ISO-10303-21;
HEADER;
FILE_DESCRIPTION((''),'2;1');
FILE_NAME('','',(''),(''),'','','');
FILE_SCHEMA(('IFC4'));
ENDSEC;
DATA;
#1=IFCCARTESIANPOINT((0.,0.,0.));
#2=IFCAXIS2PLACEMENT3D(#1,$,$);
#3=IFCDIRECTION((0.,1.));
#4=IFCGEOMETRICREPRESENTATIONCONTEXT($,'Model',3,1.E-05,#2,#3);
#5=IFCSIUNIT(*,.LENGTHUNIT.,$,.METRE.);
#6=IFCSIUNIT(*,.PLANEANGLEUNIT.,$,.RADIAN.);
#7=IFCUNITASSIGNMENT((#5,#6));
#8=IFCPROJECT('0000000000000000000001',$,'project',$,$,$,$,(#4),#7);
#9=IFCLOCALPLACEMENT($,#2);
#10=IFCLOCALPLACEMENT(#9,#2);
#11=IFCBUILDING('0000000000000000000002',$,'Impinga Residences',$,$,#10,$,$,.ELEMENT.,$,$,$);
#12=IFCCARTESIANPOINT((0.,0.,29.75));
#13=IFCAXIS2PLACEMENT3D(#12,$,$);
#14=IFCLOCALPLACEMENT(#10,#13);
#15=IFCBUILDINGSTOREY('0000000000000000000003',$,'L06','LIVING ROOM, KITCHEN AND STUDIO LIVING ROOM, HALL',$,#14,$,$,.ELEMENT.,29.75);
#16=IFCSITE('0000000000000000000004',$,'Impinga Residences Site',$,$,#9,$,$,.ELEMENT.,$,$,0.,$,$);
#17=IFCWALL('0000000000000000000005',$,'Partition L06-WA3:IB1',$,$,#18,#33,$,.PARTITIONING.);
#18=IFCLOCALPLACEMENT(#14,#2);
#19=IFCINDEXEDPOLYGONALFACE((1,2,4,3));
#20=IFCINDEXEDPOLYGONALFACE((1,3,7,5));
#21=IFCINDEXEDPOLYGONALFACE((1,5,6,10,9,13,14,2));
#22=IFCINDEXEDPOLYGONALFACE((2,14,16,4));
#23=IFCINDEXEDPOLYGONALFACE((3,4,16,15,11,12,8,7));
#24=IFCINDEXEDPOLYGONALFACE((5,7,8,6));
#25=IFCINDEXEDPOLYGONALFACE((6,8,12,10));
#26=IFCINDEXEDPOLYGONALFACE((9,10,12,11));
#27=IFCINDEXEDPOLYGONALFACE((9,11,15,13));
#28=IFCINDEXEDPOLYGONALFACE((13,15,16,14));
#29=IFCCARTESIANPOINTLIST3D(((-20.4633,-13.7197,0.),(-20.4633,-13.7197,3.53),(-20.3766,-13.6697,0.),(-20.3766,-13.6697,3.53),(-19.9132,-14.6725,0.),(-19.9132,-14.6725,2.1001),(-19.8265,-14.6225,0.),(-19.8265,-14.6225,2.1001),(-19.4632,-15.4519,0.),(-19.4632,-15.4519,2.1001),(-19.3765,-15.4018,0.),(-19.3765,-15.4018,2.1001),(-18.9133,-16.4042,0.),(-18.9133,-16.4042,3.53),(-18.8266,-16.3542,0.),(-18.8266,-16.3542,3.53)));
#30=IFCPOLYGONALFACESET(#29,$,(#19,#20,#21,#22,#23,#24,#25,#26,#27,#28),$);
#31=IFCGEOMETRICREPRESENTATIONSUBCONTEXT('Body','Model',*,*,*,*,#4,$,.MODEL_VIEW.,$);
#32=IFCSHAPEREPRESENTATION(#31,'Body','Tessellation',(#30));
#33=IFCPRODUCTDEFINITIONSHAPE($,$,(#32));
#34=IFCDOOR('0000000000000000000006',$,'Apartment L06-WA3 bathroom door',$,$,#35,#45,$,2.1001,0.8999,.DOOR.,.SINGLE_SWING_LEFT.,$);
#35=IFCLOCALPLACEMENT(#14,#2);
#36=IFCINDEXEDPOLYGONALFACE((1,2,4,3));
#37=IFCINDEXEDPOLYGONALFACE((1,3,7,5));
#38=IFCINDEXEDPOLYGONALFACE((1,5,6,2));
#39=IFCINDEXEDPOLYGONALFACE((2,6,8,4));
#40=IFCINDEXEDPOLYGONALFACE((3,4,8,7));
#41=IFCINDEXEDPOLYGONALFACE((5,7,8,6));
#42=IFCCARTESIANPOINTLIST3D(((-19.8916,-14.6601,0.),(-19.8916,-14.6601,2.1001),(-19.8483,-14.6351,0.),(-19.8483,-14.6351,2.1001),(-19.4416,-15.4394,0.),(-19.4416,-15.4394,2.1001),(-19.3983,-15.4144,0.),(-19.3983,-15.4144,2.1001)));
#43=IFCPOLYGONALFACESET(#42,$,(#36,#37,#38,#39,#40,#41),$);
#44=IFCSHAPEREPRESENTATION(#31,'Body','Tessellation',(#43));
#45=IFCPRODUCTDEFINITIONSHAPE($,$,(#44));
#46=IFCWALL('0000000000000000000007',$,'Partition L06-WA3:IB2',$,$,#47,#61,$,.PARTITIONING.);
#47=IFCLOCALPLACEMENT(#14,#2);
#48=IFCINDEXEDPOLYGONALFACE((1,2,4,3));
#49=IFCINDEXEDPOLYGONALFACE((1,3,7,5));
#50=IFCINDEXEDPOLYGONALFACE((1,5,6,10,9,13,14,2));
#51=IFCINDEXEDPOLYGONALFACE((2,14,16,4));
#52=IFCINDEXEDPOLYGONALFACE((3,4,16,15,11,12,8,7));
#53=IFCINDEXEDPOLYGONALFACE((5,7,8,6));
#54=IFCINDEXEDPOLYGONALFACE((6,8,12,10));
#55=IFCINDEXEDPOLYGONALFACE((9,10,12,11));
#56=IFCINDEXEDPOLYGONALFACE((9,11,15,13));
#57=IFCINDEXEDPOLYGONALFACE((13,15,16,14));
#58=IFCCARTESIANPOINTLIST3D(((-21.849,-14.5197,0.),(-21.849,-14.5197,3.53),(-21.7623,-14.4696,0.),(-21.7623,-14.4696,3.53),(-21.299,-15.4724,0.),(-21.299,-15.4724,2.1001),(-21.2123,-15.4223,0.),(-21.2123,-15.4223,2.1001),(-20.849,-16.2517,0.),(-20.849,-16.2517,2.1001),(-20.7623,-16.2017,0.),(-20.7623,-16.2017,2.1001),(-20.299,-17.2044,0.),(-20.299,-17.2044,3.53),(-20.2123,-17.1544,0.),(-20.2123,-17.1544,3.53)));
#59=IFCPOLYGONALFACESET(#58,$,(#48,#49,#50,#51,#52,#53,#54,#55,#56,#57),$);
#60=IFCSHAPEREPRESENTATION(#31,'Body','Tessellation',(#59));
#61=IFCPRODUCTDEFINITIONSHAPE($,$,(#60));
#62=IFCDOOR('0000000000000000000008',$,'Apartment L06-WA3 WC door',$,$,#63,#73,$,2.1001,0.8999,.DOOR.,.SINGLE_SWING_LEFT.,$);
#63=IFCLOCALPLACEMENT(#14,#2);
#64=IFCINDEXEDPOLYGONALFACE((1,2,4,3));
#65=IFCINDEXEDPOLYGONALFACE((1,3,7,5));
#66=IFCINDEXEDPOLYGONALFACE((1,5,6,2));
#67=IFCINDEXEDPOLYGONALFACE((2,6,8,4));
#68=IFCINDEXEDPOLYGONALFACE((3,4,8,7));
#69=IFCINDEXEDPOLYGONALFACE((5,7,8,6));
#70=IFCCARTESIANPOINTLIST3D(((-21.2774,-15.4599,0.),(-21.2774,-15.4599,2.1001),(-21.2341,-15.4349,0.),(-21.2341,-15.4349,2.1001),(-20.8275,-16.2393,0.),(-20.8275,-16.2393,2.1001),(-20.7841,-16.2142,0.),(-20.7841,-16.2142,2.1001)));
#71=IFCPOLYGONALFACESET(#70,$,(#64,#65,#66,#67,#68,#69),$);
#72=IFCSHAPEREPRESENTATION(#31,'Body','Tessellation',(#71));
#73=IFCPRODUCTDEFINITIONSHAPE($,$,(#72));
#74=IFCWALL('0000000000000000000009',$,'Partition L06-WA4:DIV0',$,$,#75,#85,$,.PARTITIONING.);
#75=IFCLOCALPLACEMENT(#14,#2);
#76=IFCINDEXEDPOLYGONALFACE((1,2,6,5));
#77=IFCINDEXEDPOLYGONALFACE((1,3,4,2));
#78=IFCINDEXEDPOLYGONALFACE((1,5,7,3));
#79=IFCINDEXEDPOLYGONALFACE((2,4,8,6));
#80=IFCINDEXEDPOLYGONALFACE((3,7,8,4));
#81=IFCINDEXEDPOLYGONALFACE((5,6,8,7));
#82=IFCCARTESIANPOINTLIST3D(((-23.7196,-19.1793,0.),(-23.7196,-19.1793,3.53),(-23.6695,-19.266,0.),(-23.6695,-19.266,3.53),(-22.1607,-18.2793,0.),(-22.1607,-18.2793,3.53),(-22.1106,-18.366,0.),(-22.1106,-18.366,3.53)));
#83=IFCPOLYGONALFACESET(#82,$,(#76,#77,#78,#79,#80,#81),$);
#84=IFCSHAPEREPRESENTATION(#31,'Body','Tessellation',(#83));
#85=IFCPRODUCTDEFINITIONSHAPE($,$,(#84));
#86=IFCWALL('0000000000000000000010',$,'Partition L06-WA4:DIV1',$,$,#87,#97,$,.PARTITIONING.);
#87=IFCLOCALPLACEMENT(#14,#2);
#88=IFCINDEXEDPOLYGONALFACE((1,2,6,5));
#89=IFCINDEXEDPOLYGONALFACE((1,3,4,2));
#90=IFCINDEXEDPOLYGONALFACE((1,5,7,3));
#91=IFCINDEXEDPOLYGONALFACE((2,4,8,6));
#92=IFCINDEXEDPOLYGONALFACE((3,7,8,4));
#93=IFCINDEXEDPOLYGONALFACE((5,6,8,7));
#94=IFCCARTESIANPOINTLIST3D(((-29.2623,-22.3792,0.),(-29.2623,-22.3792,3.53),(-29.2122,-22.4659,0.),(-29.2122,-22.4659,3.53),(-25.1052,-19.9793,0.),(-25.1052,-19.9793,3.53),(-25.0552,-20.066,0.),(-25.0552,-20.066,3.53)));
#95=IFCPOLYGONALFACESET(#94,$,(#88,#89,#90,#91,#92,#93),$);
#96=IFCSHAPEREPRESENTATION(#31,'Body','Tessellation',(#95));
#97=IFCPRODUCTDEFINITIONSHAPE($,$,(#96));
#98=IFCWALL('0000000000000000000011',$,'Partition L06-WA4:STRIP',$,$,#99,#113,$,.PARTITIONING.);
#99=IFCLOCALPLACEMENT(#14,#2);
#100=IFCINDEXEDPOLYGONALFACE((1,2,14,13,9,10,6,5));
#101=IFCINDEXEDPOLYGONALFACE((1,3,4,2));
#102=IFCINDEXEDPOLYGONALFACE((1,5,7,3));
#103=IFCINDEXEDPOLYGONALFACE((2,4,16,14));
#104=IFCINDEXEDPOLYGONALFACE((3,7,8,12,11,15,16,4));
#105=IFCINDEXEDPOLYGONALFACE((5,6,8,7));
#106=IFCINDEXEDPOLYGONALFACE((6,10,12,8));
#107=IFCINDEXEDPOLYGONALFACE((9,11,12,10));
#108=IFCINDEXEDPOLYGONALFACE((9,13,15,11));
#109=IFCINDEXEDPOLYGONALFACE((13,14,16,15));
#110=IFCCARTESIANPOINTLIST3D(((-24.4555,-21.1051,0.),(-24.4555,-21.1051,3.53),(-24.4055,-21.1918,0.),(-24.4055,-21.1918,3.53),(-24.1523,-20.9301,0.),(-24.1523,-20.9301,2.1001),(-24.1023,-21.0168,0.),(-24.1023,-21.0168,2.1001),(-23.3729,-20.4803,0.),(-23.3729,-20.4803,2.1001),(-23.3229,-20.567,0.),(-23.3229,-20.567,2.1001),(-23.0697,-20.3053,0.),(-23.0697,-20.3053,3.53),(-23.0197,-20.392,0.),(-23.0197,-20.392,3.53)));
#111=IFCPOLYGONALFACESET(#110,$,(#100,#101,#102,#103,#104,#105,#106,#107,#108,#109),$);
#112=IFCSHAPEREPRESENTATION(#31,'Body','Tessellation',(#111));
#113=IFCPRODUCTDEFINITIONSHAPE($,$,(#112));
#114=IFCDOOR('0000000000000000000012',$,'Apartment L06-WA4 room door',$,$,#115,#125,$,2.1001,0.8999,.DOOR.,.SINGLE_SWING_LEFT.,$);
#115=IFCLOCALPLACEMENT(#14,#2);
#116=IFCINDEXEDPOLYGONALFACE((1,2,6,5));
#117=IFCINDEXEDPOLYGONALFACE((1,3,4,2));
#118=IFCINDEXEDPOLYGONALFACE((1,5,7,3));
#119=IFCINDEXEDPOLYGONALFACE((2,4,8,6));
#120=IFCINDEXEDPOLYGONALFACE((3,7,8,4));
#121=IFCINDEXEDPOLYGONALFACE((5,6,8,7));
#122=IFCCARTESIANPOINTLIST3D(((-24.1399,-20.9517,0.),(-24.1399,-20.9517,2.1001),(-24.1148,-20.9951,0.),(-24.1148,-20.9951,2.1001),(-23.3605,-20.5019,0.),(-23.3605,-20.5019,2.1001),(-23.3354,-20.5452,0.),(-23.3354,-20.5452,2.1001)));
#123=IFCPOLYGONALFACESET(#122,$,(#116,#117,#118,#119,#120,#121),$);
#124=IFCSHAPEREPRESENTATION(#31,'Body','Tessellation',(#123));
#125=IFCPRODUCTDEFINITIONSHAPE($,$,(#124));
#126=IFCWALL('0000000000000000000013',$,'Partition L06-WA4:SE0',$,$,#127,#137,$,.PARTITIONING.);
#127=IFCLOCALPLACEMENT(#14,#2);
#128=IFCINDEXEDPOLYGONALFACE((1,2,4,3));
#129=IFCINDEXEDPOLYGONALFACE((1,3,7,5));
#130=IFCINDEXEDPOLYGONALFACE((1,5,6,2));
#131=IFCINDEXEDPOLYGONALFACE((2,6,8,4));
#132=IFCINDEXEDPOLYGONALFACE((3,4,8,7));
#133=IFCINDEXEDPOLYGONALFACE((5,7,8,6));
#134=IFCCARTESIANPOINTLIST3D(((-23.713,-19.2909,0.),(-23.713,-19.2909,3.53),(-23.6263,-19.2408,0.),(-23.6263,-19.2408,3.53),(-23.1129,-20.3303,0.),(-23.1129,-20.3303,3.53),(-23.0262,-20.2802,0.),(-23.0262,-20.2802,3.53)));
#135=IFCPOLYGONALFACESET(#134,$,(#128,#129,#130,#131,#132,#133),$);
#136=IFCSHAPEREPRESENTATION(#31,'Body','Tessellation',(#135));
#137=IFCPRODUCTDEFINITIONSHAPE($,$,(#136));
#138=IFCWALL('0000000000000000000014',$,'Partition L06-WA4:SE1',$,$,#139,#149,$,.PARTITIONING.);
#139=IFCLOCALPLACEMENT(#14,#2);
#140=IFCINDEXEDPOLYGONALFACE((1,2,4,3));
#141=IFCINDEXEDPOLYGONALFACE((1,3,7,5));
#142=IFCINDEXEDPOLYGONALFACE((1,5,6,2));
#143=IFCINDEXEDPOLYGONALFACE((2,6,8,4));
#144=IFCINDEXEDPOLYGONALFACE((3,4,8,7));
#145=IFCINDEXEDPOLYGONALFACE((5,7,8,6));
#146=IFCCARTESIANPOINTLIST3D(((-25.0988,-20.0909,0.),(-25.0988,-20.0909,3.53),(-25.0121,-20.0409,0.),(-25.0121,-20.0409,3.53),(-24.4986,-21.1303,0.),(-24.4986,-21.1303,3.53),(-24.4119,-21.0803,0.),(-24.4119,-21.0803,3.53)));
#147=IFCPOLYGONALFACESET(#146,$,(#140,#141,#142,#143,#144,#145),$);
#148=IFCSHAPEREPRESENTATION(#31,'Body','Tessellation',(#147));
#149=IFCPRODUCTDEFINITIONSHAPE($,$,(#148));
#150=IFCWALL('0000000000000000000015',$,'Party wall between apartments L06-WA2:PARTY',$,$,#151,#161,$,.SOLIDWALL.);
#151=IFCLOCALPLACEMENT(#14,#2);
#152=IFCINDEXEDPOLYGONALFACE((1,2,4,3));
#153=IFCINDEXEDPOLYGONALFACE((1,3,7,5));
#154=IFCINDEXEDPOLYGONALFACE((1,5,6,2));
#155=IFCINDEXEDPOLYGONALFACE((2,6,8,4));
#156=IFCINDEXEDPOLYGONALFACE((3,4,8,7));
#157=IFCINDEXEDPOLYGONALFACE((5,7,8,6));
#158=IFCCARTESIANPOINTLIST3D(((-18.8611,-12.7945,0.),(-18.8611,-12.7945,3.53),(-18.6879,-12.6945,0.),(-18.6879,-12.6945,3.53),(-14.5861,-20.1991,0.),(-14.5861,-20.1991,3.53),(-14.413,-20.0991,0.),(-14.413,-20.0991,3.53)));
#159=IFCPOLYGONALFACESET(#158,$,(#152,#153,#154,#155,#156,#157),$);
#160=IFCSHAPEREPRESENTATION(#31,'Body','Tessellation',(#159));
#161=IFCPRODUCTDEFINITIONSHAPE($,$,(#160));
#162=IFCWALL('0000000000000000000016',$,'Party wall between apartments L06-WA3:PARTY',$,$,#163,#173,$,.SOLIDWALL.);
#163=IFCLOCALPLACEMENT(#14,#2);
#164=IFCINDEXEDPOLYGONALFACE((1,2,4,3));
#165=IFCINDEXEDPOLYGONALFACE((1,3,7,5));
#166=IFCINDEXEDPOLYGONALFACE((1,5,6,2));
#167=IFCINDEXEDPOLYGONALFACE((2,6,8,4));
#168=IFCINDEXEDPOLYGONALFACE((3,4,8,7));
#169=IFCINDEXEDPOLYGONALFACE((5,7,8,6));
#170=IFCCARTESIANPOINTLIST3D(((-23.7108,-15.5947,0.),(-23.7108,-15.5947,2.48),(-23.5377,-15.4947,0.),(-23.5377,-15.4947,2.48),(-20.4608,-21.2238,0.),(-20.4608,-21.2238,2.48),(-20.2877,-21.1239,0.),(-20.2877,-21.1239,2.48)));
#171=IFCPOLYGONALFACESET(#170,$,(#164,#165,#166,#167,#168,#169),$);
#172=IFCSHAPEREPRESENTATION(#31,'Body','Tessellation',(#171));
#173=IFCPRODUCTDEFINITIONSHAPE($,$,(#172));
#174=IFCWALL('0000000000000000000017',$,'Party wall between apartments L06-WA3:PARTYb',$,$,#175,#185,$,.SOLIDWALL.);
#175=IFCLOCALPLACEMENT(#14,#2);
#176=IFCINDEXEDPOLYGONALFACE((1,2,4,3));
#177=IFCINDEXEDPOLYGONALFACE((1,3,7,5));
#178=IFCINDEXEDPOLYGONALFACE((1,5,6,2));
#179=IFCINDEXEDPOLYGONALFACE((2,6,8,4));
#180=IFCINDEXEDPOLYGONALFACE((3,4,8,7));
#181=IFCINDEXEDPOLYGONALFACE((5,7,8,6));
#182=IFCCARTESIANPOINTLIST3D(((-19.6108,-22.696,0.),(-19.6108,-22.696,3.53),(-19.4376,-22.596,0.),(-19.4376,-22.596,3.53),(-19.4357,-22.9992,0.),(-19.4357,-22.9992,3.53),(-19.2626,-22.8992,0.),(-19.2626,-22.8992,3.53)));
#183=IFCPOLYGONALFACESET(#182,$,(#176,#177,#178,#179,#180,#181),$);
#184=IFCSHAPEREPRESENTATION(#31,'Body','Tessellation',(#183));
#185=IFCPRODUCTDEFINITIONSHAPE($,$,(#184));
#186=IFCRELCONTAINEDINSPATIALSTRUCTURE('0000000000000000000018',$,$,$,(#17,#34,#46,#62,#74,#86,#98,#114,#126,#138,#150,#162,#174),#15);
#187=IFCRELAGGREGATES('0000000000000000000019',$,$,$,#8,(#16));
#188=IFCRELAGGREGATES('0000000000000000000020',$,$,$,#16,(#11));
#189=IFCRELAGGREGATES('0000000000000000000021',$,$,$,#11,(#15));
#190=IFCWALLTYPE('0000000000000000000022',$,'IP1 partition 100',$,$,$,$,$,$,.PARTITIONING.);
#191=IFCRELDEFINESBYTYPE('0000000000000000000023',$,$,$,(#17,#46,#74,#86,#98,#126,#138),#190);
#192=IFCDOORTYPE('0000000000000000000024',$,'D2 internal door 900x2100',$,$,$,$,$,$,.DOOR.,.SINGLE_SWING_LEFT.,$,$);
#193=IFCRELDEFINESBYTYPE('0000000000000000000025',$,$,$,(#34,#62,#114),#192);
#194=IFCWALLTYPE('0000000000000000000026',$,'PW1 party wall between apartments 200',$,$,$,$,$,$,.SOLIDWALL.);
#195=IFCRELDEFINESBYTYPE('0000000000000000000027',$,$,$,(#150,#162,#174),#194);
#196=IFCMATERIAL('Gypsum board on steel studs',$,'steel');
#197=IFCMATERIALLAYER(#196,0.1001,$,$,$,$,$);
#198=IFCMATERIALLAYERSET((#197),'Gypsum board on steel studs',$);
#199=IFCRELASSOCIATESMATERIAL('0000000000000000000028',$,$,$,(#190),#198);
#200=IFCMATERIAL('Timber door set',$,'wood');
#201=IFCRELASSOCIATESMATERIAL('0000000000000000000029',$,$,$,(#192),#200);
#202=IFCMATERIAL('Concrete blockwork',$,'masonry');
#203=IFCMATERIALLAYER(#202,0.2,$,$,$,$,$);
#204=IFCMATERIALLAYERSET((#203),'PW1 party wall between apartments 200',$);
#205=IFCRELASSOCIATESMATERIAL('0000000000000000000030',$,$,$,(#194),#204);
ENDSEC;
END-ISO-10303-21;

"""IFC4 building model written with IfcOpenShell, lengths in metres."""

from ifc_helpers import new_model, si_unit, direction, frame, frame_2d, origin, place, context, subcontext, project, spatial, rectangle, extrude, material, layer, layer_set, type_object, element, fill, save


model = new_model("IFC4")

# Units and contexts
model_context = context("Model", 3, precision=1e-05, world=origin(), true_north=direction((0.0, 1.0)))
body_context = subcontext(model_context, "Body", "Model", "MODEL_VIEW")
ifc_project = project(units=[si_unit("LENGTHUNIT", "METRE"), si_unit("PLANEANGLEUNIT", "RADIAN")], contexts=[model_context])

# Site, building, storey
site_placement = place(None, origin())
site = spatial("IfcSite", under=ifc_project, at=site_placement, Name="Impinga Residences Site", CompositionType="ELEMENT", RefElevation=0.0)
building_placement = place(site_placement, origin())
building = spatial("IfcBuilding", under=site, at=building_placement, Name="Impinga Residences", CompositionType="ELEMENT")
storey_placement = place(building_placement, frame((0.0, 0.0, 29.75)))
storey = spatial("IfcBuildingStorey", under=building, at=storey_placement, Name="L06", Description="LIVING ROOM, KITCHEN AND STUDIO LIVING ROOM, HALL", CompositionType="ELEMENT", Elevation=29.75)

# Shared definitions
ifc_material_1 = material(Name="Concrete blockwork", Category="masonry")
ifc_material_2 = material(Name="Timber door set", Category="wood")

# Shared definitions
ifc_material_3 = material(Name="Gypsum board on steel studs", Category="steel")
ifc_layer_1 = layer(ifc_material_3, 0.1001)
ifc_layer_set_1 = layer_set([ifc_layer_1], Name="Gypsum board on steel studs")
wall_type_1 = type_object("IfcWallType", Name="IP1 partition 100", PredefinedType="PARTITIONING", material=ifc_layer_set_1)

# Shared definitions
door_type_1 = type_object("IfcDoorType", Name="D2 internal door 900x2100", OperationType="SINGLE_SWING_LEFT", PredefinedType="DOOR", material=ifc_material_2)

# Walls, openings, doors
wall_1_placement = place(storey_placement, frame((-20.4199, -13.6948, 0.0), z_axis=(0.0, 0.0, 1.0), x_axis=(0.500027, -0.86601, 0.0)))
wall_1 = element("IfcWall", 1, at=wall_1_placement, inside=storey, type_object=wall_type_1, Name="Partition L06-WA3:IB1", PredefinedType="PARTITIONING", context=body_context, shape_type="SweptSolid", body=[
    extrude(rectangle(XDim=3.0999, YDim=0.1001, at=frame_2d((1.5498, 0.0))), origin(), (0.0, 0.0, 1.0), 3.53),
])
opening_1_placement = place(wall_1_placement, frame((1.1001, 0.0, 0.0)))
opening_1 = element("IfcOpeningElement", 2, at=opening_1_placement, cuts=wall_1, PredefinedType="OPENING", context=body_context, shape_type="SweptSolid", body=[
    extrude(rectangle(XDim=0.8999, YDim=2.1001, at=frame_2d((0.45, 1.05))), frame((0.0, 0.0601, 0.0), z_axis=(0.0, -1.0, 0.0), x_axis=(1.0, 0.0, 0.0)), (0.0, 0.0, 1.0), 0.1201),
])
door_1_placement = place(opening_1_placement, origin())
door_1 = element("IfcDoor", 3, at=door_1_placement, inside=storey, type_object=door_type_1, Name="Apartment L06-WA3 bathroom door", OperationType="SINGLE_SWING_LEFT", OverallHeight=2.1001, OverallWidth=0.8999, PredefinedType="DOOR", context=body_context, shape_type="SweptSolid", body=[
    extrude(rectangle(XDim=0.8999, YDim=2.1001, at=frame_2d((0.45, 1.05))), frame((0.0, 0.0249, 0.0), z_axis=(0.0, -1.0, 0.0), x_axis=(1.0, 0.0, 0.0)), (0.0, 0.0, 1.0), 0.05),
])
fill(opening_1, door_1)
wall_2_placement = place(storey_placement, frame((-21.8057, -14.4946, 0.0), z_axis=(0.0, 0.0, 1.0), x_axis=(0.499993, -0.86603, 0.0)))
wall_2 = element("IfcWall", 4, at=wall_2_placement, inside=storey, type_object=wall_type_1, Name="Partition L06-WA3:IB2", PredefinedType="PARTITIONING", context=body_context, shape_type="SweptSolid", body=[
    extrude(rectangle(XDim=3.1001, YDim=0.1001, at=frame_2d((1.55, 0.0))), origin(), (0.0, 0.0, 1.0), 3.53),
])
opening_2_placement = place(wall_2_placement, frame((1.1001, 0.0, 0.0)))
opening_2 = element("IfcOpeningElement", 5, at=opening_2_placement, cuts=wall_2, PredefinedType="OPENING", context=body_context, shape_type="SweptSolid", body=[
    extrude(rectangle(XDim=0.8999, YDim=2.1001, at=frame_2d((0.45, 1.05))), frame((0.0, 0.0601, 0.0), z_axis=(0.0, -1.0, 0.0), x_axis=(1.0, 0.0, 0.0)), (0.0, 0.0, 1.0), 0.1201),
])
door_2_placement = place(opening_2_placement, origin())
door_2 = element("IfcDoor", 6, at=door_2_placement, inside=storey, type_object=door_type_1, Name="Apartment L06-WA3 WC door", OperationType="SINGLE_SWING_LEFT", OverallHeight=2.1001, OverallWidth=0.8999, PredefinedType="DOOR", context=body_context, shape_type="SweptSolid", body=[
    extrude(rectangle(XDim=0.8999, YDim=2.1001, at=frame_2d((0.45, 1.05))), frame((0.0, 0.0249, 0.0), z_axis=(0.0, -1.0, 0.0), x_axis=(1.0, 0.0, 0.0)), (0.0, 0.0, 1.0), 0.05),
])
fill(opening_2, door_2)

# Walls
wall_3_placement = place(storey_placement, frame((-22.1357, -18.3228, 0.0), z_axis=(0.0, 0.0, 1.0), x_axis=(-0.866048, -0.499961, 0.0)))
element("IfcWall", 7, at=wall_3_placement, inside=storey, type_object=wall_type_1, Name="Partition L06-WA4:DIV0", PredefinedType="PARTITIONING", context=body_context, shape_type="SweptSolid", body=[
    extrude(rectangle(XDim=1.8, YDim=0.1001, at=frame_2d((0.8999, 0.0))), origin(), (0.0, 0.0, 1.0), 3.53),
])
wall_4_placement = place(storey_placement, frame((-25.0803, -20.0227, 0.0), z_axis=(0.0, 0.0, 1.0), x_axis=(-0.866037, -0.499979, 0.0)))
element("IfcWall", 8, at=wall_4_placement, inside=storey, type_object=wall_type_1, Name="Partition L06-WA4:DIV1", PredefinedType="PARTITIONING", context=body_context, shape_type="SweptSolid", body=[
    extrude(rectangle(XDim=4.8, YDim=0.1001, at=frame_2d((2.3999, 0.0))), origin(), (0.0, 0.0, 1.0), 3.53),
])

# Wall, opening, door
wall_5_placement = place(storey_placement, frame((-23.0447, -20.3486, 0.0), z_axis=(0.0, 0.0, 1.0), x_axis=(-0.866094, -0.499881, 0.0)))
wall_5 = element("IfcWall", 9, at=wall_5_placement, inside=storey, type_object=wall_type_1, Name="Partition L06-WA4:STRIP", PredefinedType="PARTITIONING", context=body_context, shape_type="SweptSolid", body=[
    extrude(rectangle(XDim=1.6001, YDim=0.1001, at=frame_2d((0.8, 0.0))), origin(), (0.0, 0.0, 1.0), 3.53),
])
opening_3_placement = place(wall_5_placement, frame((0.3501, 0.0, 0.0)))
opening_3 = element("IfcOpeningElement", 10, at=opening_3_placement, cuts=wall_5, PredefinedType="OPENING", context=body_context, shape_type="SweptSolid", body=[
    extrude(rectangle(XDim=0.8999, YDim=2.1001, at=frame_2d((0.45, 1.05))), frame((0.0, 0.0601, 0.0), z_axis=(0.0, -1.0, 0.0), x_axis=(1.0, 0.0, 0.0)), (0.0, 0.0, 1.0), 0.1201),
])
door_3_placement = place(opening_3_placement, origin())
door_3 = element("IfcDoor", 11, at=door_3_placement, inside=storey, type_object=door_type_1, Name="Apartment L06-WA4 room door", OperationType="SINGLE_SWING_LEFT", OverallHeight=2.1001, OverallWidth=0.8999, PredefinedType="DOOR", context=body_context, shape_type="SweptSolid", body=[
    extrude(rectangle(XDim=0.8999, YDim=2.1001, at=frame_2d((0.45, 1.05))), frame((0.0, 0.0249, 0.0), z_axis=(0.0, -1.0, 0.0), x_axis=(1.0, 0.0, 0.0)), (0.0, 0.0, 1.0), 0.05),
])
fill(opening_3, door_3)

# Walls
for number, where, z_axis, x_axis, name in (
    (12, (-23.6697, -19.2659, 0.0), (0.0, 0.0, 1.0), (0.500034, -0.866006, 0.0), "Partition L06-WA4:SE0"),
    (13, (-25.0554, -20.0659, 0.0), (0.0, 0.0, 1.0), (0.500034, -0.866006, 0.0), "Partition L06-WA4:SE1"),
):
    element("IfcWall", number, at=place(storey_placement, frame(where, z_axis=z_axis, x_axis=x_axis)), inside=storey, type_object=wall_type_1, Name=name, PredefinedType="PARTITIONING", context=body_context, shape_type="SweptSolid", body=[
        extrude(rectangle(XDim=1.2002, YDim=0.1001, at=frame_2d((0.6001, 0.0))), origin(), (0.0, 0.0, 1.0), 3.53),
    ])
ifc_layer_2 = layer(ifc_material_1, 0.2)
ifc_layer_set_2 = layer_set([ifc_layer_2], Name="PW1 party wall between apartments 200")
wall_type_2 = type_object("IfcWallType", Name="PW1 party wall between apartments 200", PredefinedType="SOLIDWALL", material=ifc_layer_set_2)
wall_6_placement = place(storey_placement, frame((-18.7744, -12.7446, 0.0), z_axis=(0.0, 0.0, 1.0), x_axis=(0.49999, -0.866031, 0.0)))
element("IfcWall", 14, at=wall_6_placement, inside=storey, type_object=wall_type_2, Name="Party wall between apartments L06-WA2:PARTY", PredefinedType="SOLIDWALL", context=body_context, shape_type="SweptSolid", body=[
    extrude(rectangle(XDim=8.55, YDim=0.2, at=frame_2d((4.2749, 0.0))), origin(), (0.0, 0.0, 1.0), 3.53),
])
wall_7_placement = place(storey_placement, frame((-23.6243, -15.5447, 0.0), z_axis=(0.0, 0.0, 1.0), x_axis=(0.500001, -0.866025, 0.0)))
element("IfcWall", 15, at=wall_7_placement, inside=storey, type_object=wall_type_2, Name="Party wall between apartments L06-WA3:PARTY", PredefinedType="SOLIDWALL", context=body_context, shape_type="SweptSolid", body=[
    extrude(rectangle(XDim=6.5, YDim=0.2, at=frame_2d((3.25, 0.0))), origin(), (0.0, 0.0, 1.0), 2.48),
])
wall_8_placement = place(storey_placement, frame((-19.5242, -22.646, 0.0), z_axis=(0.0, 0.0, 1.0), x_axis=(0.499964, -0.866046, 0.0)))
element("IfcWall", 16, at=wall_8_placement, inside=storey, type_object=wall_type_2, Name="Party wall between apartments L06-WA3:PARTYb", PredefinedType="SOLIDWALL", context=body_context, shape_type="SweptSolid", body=[
    extrude(rectangle(XDim=0.3501, YDim=0.2, at=frame_2d((0.175, 0.0))), origin(), (0.0, 0.0, 1.0), 3.53),
])

save(model, "model.ifc")
